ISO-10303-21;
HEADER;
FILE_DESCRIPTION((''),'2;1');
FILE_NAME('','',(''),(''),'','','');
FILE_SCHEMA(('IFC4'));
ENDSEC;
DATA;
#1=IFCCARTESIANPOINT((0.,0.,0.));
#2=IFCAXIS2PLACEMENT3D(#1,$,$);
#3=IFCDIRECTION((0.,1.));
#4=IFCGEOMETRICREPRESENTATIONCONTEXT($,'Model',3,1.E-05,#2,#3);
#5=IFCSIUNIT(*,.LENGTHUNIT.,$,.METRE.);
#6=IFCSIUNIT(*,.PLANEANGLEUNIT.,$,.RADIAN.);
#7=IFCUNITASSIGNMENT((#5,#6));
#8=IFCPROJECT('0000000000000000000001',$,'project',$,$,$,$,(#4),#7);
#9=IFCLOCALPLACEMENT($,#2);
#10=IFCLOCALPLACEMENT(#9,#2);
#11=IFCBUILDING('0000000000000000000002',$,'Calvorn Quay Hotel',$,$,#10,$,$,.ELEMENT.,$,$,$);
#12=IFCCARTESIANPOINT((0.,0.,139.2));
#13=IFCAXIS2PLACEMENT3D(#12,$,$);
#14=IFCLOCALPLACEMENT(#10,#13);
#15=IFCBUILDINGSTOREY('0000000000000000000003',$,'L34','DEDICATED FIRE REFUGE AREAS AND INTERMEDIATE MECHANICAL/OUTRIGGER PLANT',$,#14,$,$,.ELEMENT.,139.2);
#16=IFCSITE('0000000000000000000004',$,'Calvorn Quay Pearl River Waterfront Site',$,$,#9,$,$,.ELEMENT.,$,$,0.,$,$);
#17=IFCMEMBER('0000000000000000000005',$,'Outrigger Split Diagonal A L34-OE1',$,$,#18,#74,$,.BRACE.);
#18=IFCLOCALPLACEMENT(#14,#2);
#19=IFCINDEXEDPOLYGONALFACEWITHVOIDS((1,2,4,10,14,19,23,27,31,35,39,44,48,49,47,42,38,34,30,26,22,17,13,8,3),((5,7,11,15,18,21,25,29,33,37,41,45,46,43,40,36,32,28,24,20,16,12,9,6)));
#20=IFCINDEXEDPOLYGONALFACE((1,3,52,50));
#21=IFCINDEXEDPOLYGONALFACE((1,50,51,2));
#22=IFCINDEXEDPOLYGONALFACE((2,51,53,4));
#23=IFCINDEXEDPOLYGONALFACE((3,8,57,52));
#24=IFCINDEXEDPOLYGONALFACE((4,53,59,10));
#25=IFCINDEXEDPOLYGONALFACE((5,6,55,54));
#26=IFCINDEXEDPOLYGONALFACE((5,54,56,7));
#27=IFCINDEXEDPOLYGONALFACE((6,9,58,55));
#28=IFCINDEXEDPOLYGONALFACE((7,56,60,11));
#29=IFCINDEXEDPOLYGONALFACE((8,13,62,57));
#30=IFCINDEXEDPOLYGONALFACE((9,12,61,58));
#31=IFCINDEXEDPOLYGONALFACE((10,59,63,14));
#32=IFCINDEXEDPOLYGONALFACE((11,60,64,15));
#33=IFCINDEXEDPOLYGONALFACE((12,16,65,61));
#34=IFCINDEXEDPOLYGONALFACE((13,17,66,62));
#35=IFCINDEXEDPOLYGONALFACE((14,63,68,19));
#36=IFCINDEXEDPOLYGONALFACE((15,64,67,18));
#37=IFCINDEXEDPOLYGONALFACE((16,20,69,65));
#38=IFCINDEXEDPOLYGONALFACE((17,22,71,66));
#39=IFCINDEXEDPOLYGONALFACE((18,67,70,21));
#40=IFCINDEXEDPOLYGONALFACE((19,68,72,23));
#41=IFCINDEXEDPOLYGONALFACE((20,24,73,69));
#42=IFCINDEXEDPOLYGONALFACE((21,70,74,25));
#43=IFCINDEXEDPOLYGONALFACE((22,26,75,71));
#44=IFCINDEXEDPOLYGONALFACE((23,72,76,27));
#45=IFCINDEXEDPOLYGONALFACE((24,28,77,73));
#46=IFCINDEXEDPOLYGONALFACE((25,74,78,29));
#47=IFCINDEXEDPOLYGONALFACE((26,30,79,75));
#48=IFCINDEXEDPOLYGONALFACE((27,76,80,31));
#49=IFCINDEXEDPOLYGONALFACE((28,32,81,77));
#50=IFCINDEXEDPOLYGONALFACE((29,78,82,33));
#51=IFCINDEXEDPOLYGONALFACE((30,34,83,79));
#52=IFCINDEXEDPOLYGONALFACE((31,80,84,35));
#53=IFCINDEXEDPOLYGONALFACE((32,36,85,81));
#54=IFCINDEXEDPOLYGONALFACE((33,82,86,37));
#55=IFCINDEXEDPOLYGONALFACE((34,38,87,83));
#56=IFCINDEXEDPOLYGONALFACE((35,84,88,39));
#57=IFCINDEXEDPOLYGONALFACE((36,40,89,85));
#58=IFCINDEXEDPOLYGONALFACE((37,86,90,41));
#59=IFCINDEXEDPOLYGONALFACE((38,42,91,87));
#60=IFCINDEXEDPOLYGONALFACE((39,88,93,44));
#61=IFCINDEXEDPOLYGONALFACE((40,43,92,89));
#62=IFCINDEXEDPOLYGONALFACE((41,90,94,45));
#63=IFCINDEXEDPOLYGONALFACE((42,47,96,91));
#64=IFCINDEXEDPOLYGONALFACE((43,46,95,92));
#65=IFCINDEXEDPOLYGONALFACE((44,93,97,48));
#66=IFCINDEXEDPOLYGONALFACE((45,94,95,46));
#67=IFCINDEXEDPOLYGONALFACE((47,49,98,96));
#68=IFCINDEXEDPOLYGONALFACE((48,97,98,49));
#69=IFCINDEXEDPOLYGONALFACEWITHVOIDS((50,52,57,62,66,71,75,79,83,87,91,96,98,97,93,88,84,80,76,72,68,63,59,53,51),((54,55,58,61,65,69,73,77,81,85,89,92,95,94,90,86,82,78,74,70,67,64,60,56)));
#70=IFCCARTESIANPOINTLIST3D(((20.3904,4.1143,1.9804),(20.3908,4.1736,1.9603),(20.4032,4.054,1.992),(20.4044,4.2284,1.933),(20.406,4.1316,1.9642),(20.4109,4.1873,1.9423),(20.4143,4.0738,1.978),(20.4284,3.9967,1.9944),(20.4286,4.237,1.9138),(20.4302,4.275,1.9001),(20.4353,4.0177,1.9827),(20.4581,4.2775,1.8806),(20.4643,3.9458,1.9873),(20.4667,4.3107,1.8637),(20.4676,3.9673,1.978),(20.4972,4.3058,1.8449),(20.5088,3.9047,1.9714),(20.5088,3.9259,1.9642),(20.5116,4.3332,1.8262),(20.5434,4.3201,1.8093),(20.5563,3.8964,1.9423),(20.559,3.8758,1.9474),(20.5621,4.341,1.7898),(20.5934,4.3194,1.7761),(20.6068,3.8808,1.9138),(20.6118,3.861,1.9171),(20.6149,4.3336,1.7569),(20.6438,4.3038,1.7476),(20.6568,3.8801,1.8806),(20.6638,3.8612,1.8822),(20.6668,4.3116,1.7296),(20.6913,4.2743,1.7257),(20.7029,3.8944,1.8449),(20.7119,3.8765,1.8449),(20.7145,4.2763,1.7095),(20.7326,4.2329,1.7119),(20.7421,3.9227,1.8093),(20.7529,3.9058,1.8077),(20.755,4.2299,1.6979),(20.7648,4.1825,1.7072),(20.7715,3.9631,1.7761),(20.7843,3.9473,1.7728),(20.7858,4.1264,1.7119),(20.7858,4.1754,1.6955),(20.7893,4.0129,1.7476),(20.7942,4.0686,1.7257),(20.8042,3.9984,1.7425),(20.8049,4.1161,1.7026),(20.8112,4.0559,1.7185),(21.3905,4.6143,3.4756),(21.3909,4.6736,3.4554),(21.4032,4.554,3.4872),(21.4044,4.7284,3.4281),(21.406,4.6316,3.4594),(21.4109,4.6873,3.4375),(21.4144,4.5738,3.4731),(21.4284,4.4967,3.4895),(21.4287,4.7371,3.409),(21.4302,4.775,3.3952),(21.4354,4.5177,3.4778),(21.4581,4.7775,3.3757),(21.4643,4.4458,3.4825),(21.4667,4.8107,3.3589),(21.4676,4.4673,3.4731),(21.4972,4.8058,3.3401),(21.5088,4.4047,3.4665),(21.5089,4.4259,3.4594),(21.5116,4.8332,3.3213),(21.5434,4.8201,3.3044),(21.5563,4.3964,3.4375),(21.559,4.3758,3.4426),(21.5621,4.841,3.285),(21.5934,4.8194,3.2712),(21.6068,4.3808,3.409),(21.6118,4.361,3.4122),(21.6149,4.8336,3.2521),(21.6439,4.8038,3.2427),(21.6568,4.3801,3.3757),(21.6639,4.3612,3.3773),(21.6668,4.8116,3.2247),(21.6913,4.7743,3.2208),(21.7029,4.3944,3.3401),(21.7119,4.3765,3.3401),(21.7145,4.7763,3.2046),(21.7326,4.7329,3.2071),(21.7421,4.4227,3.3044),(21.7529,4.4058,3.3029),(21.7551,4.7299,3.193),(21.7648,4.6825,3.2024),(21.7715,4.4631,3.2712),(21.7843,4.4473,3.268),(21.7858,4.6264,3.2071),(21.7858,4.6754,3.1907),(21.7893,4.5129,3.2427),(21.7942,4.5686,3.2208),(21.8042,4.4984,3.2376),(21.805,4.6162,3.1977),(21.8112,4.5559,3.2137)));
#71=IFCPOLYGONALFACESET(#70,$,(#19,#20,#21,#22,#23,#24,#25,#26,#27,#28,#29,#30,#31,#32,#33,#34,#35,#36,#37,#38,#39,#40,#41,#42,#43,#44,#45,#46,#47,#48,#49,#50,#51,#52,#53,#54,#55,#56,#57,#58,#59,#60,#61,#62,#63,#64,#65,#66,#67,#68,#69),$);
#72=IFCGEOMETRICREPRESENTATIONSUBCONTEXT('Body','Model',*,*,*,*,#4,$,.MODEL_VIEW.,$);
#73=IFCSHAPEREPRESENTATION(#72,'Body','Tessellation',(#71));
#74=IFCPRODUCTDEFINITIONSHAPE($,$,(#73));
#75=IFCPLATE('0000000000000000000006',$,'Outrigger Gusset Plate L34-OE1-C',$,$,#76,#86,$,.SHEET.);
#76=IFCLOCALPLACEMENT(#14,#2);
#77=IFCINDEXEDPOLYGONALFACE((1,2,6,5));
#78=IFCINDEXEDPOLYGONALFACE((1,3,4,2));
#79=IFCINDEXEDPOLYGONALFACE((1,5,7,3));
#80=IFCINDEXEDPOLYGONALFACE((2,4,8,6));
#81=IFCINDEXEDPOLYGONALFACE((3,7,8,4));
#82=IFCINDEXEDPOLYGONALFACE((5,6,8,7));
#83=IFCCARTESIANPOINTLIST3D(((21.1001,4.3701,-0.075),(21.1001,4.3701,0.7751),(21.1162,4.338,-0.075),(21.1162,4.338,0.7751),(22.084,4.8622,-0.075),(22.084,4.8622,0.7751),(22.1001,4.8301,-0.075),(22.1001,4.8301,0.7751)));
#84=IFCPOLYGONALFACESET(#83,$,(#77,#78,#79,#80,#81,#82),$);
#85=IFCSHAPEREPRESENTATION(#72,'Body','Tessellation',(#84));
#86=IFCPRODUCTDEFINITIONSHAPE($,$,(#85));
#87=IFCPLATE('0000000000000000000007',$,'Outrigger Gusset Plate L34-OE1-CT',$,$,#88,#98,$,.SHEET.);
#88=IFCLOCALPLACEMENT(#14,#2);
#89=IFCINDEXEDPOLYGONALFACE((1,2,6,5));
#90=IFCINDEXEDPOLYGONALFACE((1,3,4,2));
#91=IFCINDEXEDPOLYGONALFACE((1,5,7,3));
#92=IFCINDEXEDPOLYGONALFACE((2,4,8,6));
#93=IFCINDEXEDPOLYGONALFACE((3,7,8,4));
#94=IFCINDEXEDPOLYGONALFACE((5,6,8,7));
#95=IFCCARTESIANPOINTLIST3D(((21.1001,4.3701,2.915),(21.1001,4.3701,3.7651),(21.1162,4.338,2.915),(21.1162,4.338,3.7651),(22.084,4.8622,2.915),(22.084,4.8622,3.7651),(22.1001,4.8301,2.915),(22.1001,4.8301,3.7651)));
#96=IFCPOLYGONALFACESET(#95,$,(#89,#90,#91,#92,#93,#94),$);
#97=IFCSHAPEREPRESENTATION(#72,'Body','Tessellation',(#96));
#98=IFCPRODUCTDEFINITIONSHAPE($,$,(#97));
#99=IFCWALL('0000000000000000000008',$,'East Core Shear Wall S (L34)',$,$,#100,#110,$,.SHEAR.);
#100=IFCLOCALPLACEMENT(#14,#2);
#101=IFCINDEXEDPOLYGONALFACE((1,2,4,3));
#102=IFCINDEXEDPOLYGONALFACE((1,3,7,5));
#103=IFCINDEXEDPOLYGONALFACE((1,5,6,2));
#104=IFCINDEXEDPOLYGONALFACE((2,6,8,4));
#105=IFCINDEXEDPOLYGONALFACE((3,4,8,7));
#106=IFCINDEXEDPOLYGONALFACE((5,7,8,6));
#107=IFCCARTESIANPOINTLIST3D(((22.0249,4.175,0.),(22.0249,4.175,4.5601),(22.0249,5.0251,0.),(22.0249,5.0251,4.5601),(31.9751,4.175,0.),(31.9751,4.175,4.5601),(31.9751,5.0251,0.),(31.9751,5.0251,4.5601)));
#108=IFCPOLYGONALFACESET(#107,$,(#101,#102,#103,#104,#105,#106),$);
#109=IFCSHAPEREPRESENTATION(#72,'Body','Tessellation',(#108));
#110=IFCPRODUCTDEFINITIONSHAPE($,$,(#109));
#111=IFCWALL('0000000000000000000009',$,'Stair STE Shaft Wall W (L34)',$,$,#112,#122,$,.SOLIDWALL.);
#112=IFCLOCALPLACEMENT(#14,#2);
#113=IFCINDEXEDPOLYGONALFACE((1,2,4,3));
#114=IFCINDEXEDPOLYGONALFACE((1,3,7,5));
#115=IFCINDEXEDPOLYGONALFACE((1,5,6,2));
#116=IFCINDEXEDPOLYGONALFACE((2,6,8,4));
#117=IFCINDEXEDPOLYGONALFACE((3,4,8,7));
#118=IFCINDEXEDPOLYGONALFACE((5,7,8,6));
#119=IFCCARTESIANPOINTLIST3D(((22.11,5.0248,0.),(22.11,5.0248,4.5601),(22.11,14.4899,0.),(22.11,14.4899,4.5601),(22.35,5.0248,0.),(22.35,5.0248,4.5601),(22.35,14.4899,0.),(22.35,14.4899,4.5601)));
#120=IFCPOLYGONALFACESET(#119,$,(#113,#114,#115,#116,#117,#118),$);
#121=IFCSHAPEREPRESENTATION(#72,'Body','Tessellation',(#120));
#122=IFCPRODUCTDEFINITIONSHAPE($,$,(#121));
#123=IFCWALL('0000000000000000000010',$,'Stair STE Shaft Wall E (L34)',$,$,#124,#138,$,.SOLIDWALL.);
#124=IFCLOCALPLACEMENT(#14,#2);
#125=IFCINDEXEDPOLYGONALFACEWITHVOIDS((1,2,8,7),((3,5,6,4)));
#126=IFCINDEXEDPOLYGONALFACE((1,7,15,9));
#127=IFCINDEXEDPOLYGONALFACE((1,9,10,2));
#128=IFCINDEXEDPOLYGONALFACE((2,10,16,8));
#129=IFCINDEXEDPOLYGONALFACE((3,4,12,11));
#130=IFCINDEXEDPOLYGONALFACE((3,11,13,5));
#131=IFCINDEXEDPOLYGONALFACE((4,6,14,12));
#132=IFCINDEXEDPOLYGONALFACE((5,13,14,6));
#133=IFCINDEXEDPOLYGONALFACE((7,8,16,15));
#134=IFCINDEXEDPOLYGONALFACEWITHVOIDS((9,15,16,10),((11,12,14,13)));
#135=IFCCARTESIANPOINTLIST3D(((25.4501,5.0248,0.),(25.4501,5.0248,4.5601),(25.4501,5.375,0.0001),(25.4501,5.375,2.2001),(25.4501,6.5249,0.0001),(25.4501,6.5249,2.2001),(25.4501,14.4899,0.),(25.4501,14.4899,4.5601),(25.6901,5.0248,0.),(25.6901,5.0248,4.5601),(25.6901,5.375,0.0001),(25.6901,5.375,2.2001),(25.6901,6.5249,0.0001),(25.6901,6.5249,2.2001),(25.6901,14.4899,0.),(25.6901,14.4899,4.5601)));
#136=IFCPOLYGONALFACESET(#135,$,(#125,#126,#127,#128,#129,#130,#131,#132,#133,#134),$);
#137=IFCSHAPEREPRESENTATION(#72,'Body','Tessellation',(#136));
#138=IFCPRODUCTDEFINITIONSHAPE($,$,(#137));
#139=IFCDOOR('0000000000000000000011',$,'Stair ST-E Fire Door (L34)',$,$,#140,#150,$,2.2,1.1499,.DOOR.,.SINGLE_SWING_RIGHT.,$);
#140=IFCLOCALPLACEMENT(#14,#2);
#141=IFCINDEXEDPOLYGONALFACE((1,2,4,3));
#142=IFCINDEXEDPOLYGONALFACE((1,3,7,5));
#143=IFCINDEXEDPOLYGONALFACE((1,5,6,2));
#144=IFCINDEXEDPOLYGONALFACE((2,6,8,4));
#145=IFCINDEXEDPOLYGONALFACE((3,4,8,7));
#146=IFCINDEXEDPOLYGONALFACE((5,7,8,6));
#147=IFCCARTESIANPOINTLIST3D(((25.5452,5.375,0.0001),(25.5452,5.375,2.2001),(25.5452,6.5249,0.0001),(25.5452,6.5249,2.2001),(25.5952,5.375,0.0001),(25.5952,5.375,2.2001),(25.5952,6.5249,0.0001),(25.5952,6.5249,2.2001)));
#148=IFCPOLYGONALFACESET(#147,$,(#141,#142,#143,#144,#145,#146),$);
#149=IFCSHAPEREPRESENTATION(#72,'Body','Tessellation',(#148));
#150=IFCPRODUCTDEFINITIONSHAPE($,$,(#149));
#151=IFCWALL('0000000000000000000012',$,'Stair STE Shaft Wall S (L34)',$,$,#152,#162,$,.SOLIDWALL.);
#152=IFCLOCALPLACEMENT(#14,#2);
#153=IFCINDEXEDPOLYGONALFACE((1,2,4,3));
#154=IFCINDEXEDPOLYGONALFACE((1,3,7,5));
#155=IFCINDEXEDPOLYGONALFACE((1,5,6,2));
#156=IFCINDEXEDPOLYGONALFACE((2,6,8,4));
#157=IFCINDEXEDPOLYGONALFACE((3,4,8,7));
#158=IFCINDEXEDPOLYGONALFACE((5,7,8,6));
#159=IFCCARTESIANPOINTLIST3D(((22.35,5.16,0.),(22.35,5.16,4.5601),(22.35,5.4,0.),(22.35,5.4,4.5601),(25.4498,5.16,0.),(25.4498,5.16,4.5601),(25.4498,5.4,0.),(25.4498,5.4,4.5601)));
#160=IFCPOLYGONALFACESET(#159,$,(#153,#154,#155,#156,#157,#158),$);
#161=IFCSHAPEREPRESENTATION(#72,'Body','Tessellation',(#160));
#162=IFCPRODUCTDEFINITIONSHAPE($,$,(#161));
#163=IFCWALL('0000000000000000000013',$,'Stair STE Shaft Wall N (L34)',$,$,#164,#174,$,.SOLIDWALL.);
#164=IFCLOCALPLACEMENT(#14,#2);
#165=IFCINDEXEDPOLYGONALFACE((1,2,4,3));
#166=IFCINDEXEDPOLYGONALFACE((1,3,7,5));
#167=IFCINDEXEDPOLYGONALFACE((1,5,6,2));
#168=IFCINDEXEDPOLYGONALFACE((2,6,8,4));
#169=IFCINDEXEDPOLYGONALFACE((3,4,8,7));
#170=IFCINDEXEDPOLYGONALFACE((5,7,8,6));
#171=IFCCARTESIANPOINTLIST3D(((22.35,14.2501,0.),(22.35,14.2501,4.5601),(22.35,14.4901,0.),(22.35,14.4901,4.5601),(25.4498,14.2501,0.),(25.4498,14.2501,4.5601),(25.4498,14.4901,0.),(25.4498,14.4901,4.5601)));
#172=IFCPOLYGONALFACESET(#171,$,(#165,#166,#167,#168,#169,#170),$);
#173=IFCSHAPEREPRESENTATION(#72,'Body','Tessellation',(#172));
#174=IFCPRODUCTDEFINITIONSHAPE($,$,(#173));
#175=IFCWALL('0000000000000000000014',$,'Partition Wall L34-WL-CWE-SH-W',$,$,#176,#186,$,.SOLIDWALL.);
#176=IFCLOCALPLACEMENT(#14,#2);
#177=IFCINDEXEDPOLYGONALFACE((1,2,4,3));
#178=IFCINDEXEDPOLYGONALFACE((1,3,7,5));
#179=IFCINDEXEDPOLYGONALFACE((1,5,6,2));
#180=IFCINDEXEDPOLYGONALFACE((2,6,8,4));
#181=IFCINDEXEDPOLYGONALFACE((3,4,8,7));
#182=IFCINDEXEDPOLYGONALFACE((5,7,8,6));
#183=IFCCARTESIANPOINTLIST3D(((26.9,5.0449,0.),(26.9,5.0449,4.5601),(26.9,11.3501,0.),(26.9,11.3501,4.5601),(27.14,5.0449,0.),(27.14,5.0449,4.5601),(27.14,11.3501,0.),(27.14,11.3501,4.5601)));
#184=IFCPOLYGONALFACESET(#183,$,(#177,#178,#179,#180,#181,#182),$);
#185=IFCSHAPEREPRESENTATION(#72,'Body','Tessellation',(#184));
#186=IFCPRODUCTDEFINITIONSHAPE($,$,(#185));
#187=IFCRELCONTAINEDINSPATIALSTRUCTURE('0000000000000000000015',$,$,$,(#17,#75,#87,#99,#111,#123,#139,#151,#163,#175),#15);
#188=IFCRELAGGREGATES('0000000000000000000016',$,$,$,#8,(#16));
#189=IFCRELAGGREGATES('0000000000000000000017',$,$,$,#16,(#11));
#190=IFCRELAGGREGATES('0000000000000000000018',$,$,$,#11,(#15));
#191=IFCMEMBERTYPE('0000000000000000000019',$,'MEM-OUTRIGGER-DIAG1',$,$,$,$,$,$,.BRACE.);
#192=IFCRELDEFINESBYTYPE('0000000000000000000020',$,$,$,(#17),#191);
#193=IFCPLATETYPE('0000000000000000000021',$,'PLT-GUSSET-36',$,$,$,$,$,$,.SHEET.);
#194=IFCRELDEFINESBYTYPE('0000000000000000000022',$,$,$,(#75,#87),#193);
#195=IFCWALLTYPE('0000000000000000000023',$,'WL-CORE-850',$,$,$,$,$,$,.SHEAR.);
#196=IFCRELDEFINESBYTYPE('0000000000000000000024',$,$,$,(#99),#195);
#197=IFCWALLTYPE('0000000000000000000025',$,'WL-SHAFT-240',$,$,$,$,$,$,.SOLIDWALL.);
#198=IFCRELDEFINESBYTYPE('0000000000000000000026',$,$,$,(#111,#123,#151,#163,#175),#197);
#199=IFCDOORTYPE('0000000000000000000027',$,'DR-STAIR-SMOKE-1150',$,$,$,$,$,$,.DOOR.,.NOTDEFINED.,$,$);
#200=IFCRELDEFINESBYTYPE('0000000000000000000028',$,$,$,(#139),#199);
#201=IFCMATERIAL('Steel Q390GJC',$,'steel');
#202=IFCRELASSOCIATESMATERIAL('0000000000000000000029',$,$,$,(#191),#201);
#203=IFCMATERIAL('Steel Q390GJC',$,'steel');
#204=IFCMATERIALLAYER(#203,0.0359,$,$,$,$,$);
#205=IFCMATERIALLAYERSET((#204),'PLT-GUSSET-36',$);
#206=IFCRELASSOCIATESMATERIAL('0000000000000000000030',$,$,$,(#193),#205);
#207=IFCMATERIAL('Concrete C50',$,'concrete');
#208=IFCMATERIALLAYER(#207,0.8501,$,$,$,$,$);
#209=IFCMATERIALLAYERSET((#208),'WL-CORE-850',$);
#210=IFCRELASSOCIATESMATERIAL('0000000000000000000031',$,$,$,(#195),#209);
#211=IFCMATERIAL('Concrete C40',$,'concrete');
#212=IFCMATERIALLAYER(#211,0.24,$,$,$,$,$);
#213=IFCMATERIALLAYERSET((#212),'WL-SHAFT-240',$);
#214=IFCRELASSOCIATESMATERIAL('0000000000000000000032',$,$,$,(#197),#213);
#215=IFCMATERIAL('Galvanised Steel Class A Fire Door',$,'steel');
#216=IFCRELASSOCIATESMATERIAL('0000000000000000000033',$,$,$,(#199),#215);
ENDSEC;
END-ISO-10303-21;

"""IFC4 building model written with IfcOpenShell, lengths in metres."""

from ifc_helpers import new_model, si_unit, direction, frame, frame_2d, origin, origin_2d, place, context, subcontext, project, spatial, rectangle, hollow_circle, extrude, material, layer, layer_set, material_profile, profile_set, type_object, element, fill, save


model = new_model("IFC4")

# Units and contexts
model_context = context("Model", 3, precision=1e-05, world=origin(), true_north=direction((0.0, 1.0)))
body_context = subcontext(model_context, "Body", "Model", "MODEL_VIEW")
ifc_project = project(units=[si_unit("LENGTHUNIT", "METRE"), si_unit("PLANEANGLEUNIT", "RADIAN")], contexts=[model_context])

# Site, building, storey
site_placement = place(None, origin())
site = spatial("IfcSite", under=ifc_project, at=site_placement, Name="Calvorn Quay Pearl River Waterfront Site", CompositionType="ELEMENT", RefElevation=0.0)
building_placement = place(site_placement, origin())
building = spatial("IfcBuilding", under=site, at=building_placement, Name="Calvorn Quay Hotel", CompositionType="ELEMENT")
storey_placement = place(building_placement, frame((0.0, 0.0, 139.2)))
storey = spatial("IfcBuildingStorey", under=building, at=storey_placement, Name="L34", Description="DEDICATED FIRE REFUGE AREAS AND INTERMEDIATE MECHANICAL/OUTRIGGER PLANT", CompositionType="ELEMENT", Elevation=139.2)

# Member
ifc_material_1 = material(Name="Steel Q390GJC", Category="steel")
ifc_material_profile = material_profile(ifc_material_1, hollow_circle(Radius=0.25, WallThickness=0.02, at=origin_2d()), Name="CHS500x20")
ifc_profile_set = profile_set([ifc_material_profile], Name="Steel Q390GJC")
member_type = type_object("IfcMemberType", Name="MEM-OUTRIGGER-DIAG1", PredefinedType="BRACE", material=ifc_profile_set)
member_placement = place(storey_placement, frame((21.6001, 4.6001, 3.3401), z_axis=(-0.535643, -0.267821, -0.800849), x_axis=(0.447214, -0.894427, 0.0)))
element("IfcMember", 1, at=member_placement, inside=storey, type_object=member_type, Name="Outrigger Split Diagonal A L34-OE1", PredefinedType="BRACE", context=body_context, shape_type="SweptSolid", body=[
    extrude(hollow_circle(Radius=0.25, WallThickness=0.02, at=origin_2d()), origin(), (0.0, 0.0, 1.0), 1.8669),
])

# Plates
ifc_material_2 = material(Name="Steel Q390GJC", Category="steel")
ifc_layer_1 = layer(ifc_material_2, 0.0359)
ifc_layer_set_1 = layer_set([ifc_layer_1], Name="PLT-GUSSET-36")
plate_type = type_object("IfcPlateType", Name="PLT-GUSSET-36", PredefinedType="SHEET", material=ifc_layer_set_1)
for number, where, z_axis, x_axis, name in (
    (2, (21.6001, 4.6001, -0.075), (0.0, 0.0, 1.0), (-0.894389, -0.447291, 0.0), "Outrigger Gusset Plate L34-OE1-C"),
    (3, (21.6001, 4.6001, 2.915), (0.0, 0.0, 1.0), (-0.894389, -0.447291, 0.0), "Outrigger Gusset Plate L34-OE1-CT"),
):
    element("IfcPlate", number, at=place(storey_placement, frame(where, z_axis=z_axis, x_axis=x_axis)), inside=storey, type_object=plate_type, Name=name, PredefinedType="SHEET", context=body_context, shape_type="SweptSolid", body=[
        extrude(rectangle(XDim=1.1001, YDim=0.0359, at=origin_2d()), origin(), (0.0, 0.0, 1.0), 0.8501),
    ])

# Walls
ifc_material_3 = material(Name="Concrete C50", Category="concrete")
ifc_layer_2 = layer(ifc_material_3, 0.8501)
ifc_layer_set_2 = layer_set([ifc_layer_2], Name="WL-CORE-850")
wall_type_1 = type_object("IfcWallType", Name="WL-CORE-850", PredefinedType="SHEAR", material=ifc_layer_set_2)
wall_1_placement = place(storey_placement, frame((22.0249, 4.6001, 0.0), z_axis=(0.0, 0.0, 1.0), x_axis=(1.0, 0.0, 0.0)))
element("IfcWall", 4, at=wall_1_placement, inside=storey, type_object=wall_type_1, Name="East Core Shear Wall S (L34)", PredefinedType="SHEAR", context=body_context, shape_type="SweptSolid", body=[
    extrude(rectangle(XDim=9.9502, YDim=0.8501, at=frame_2d((4.9751, 0.0))), origin(), (0.0, 0.0, 1.0), 4.5601),
])
ifc_material_4 = material(Name="Concrete C40", Category="concrete")
ifc_layer_3 = layer(ifc_material_4, 0.24)
ifc_layer_set_3 = layer_set([ifc_layer_3], Name="WL-SHAFT-240")
wall_type_2 = type_object("IfcWallType", Name="WL-SHAFT-240", PredefinedType="SOLIDWALL", material=ifc_layer_set_3)
wall_2_placement = place(storey_placement, frame((22.23, 5.0249, 0.0), z_axis=(0.0, 0.0, 1.0), x_axis=(0.0, 1.0, 0.0)))
element("IfcWall", 5, at=wall_2_placement, inside=storey, type_object=wall_type_2, Name="Stair STE Shaft Wall W (L34)", PredefinedType="SOLIDWALL", context=body_context, shape_type="SweptSolid", body=[
    extrude(rectangle(XDim=9.4651, YDim=0.24, at=frame_2d((4.7324, 0.0))), origin(), (0.0, 0.0, 1.0), 4.5601),
])

# Wall, opening, door
wall_3_placement = place(storey_placement, frame((25.5701, 5.0249, 0.0), z_axis=(0.0, 0.0, 1.0), x_axis=(0.0, 1.0, 0.0)))
wall_3 = element("IfcWall", 6, at=wall_3_placement, inside=storey, type_object=wall_type_2, Name="Stair STE Shaft Wall E (L34)", PredefinedType="SOLIDWALL", context=body_context, shape_type="SweptSolid", body=[
    extrude(rectangle(XDim=9.4651, YDim=0.24, at=frame_2d((4.7324, 0.0))), origin(), (0.0, 0.0, 1.0), 4.5601),
])
opening_1_placement = place(wall_3_placement, frame((0.3501, 0.0, 0.0)))
opening_1 = element("IfcOpeningElement", 7, at=opening_1_placement, cuts=wall_3, PredefinedType="OPENING", context=body_context, shape_type="SweptSolid", body=[
    extrude(rectangle(XDim=1.1499, YDim=2.2, at=frame_2d((0.575, 1.1001))), frame((0.0, 0.1299, 0.0), z_axis=(0.0, -1.0, 0.0), x_axis=(1.0, 0.0, 0.0)), (0.0, 0.0, 1.0), 0.26),
])
ifc_material_5 = material(Name="Galvanised Steel Class A Fire Door", Category="steel")
door_type_1 = type_object("IfcDoorType", Name="DR-STAIR-SMOKE-1150", OperationType="NOTDEFINED", PredefinedType="DOOR", material=ifc_material_5)
door_1_placement = place(opening_1_placement, origin())
door_1 = element("IfcDoor", 8, at=door_1_placement, inside=storey, type_object=door_type_1, Name="Stair ST-E Fire Door (L34)", OperationType="SINGLE_SWING_RIGHT", OverallHeight=2.2, OverallWidth=1.1499, PredefinedType="DOOR", context=body_context, shape_type="SweptSolid", body=[
    extrude(rectangle(XDim=1.1499, YDim=2.2, at=frame_2d((0.575, 1.1001))), frame((0.0, 0.0249, 0.0), z_axis=(0.0, -1.0, 0.0), x_axis=(1.0, 0.0, 0.0)), (0.0, 0.0, 1.0), 0.05),
])
fill(opening_1, door_1)

# Walls
for number, where, z_axis, x_axis, name in (
    (9, (22.3501, 5.28, 0.0), (0.0, 0.0, 1.0), (1.0, 0.0, 0.0), "Stair STE Shaft Wall S (L34)"),
    (10, (22.3501, 14.3701, 0.0), (0.0, 0.0, 1.0), (1.0, 0.0, 0.0), "Stair STE Shaft Wall N (L34)"),
):
    element("IfcWall", number, at=place(storey_placement, frame(where, z_axis=z_axis, x_axis=x_axis)), inside=storey, type_object=wall_type_2, Name=name, PredefinedType="SOLIDWALL", context=body_context, shape_type="SweptSolid", body=[
        extrude(rectangle(XDim=3.0999, YDim=0.24, at=frame_2d((1.5498, 0.0))), origin(), (0.0, 0.0, 1.0), 4.5601),
    ])
wall_4_placement = place(storey_placement, frame((27.02, 5.0449, 0.0), z_axis=(0.0, 0.0, 1.0), x_axis=(0.0, 1.0, 0.0)))
element("IfcWall", 11, at=wall_4_placement, inside=storey, type_object=wall_type_2, Name="Partition Wall L34-WL-CWE-SH-W", PredefinedType="SOLIDWALL", context=body_context, shape_type="SweptSolid", body=[
    extrude(rectangle(XDim=6.3052, YDim=0.24, at=frame_2d((3.1526, 0.0))), origin(), (0.0, 0.0, 1.0), 4.5601),
])

save(model, "model.ifc")
